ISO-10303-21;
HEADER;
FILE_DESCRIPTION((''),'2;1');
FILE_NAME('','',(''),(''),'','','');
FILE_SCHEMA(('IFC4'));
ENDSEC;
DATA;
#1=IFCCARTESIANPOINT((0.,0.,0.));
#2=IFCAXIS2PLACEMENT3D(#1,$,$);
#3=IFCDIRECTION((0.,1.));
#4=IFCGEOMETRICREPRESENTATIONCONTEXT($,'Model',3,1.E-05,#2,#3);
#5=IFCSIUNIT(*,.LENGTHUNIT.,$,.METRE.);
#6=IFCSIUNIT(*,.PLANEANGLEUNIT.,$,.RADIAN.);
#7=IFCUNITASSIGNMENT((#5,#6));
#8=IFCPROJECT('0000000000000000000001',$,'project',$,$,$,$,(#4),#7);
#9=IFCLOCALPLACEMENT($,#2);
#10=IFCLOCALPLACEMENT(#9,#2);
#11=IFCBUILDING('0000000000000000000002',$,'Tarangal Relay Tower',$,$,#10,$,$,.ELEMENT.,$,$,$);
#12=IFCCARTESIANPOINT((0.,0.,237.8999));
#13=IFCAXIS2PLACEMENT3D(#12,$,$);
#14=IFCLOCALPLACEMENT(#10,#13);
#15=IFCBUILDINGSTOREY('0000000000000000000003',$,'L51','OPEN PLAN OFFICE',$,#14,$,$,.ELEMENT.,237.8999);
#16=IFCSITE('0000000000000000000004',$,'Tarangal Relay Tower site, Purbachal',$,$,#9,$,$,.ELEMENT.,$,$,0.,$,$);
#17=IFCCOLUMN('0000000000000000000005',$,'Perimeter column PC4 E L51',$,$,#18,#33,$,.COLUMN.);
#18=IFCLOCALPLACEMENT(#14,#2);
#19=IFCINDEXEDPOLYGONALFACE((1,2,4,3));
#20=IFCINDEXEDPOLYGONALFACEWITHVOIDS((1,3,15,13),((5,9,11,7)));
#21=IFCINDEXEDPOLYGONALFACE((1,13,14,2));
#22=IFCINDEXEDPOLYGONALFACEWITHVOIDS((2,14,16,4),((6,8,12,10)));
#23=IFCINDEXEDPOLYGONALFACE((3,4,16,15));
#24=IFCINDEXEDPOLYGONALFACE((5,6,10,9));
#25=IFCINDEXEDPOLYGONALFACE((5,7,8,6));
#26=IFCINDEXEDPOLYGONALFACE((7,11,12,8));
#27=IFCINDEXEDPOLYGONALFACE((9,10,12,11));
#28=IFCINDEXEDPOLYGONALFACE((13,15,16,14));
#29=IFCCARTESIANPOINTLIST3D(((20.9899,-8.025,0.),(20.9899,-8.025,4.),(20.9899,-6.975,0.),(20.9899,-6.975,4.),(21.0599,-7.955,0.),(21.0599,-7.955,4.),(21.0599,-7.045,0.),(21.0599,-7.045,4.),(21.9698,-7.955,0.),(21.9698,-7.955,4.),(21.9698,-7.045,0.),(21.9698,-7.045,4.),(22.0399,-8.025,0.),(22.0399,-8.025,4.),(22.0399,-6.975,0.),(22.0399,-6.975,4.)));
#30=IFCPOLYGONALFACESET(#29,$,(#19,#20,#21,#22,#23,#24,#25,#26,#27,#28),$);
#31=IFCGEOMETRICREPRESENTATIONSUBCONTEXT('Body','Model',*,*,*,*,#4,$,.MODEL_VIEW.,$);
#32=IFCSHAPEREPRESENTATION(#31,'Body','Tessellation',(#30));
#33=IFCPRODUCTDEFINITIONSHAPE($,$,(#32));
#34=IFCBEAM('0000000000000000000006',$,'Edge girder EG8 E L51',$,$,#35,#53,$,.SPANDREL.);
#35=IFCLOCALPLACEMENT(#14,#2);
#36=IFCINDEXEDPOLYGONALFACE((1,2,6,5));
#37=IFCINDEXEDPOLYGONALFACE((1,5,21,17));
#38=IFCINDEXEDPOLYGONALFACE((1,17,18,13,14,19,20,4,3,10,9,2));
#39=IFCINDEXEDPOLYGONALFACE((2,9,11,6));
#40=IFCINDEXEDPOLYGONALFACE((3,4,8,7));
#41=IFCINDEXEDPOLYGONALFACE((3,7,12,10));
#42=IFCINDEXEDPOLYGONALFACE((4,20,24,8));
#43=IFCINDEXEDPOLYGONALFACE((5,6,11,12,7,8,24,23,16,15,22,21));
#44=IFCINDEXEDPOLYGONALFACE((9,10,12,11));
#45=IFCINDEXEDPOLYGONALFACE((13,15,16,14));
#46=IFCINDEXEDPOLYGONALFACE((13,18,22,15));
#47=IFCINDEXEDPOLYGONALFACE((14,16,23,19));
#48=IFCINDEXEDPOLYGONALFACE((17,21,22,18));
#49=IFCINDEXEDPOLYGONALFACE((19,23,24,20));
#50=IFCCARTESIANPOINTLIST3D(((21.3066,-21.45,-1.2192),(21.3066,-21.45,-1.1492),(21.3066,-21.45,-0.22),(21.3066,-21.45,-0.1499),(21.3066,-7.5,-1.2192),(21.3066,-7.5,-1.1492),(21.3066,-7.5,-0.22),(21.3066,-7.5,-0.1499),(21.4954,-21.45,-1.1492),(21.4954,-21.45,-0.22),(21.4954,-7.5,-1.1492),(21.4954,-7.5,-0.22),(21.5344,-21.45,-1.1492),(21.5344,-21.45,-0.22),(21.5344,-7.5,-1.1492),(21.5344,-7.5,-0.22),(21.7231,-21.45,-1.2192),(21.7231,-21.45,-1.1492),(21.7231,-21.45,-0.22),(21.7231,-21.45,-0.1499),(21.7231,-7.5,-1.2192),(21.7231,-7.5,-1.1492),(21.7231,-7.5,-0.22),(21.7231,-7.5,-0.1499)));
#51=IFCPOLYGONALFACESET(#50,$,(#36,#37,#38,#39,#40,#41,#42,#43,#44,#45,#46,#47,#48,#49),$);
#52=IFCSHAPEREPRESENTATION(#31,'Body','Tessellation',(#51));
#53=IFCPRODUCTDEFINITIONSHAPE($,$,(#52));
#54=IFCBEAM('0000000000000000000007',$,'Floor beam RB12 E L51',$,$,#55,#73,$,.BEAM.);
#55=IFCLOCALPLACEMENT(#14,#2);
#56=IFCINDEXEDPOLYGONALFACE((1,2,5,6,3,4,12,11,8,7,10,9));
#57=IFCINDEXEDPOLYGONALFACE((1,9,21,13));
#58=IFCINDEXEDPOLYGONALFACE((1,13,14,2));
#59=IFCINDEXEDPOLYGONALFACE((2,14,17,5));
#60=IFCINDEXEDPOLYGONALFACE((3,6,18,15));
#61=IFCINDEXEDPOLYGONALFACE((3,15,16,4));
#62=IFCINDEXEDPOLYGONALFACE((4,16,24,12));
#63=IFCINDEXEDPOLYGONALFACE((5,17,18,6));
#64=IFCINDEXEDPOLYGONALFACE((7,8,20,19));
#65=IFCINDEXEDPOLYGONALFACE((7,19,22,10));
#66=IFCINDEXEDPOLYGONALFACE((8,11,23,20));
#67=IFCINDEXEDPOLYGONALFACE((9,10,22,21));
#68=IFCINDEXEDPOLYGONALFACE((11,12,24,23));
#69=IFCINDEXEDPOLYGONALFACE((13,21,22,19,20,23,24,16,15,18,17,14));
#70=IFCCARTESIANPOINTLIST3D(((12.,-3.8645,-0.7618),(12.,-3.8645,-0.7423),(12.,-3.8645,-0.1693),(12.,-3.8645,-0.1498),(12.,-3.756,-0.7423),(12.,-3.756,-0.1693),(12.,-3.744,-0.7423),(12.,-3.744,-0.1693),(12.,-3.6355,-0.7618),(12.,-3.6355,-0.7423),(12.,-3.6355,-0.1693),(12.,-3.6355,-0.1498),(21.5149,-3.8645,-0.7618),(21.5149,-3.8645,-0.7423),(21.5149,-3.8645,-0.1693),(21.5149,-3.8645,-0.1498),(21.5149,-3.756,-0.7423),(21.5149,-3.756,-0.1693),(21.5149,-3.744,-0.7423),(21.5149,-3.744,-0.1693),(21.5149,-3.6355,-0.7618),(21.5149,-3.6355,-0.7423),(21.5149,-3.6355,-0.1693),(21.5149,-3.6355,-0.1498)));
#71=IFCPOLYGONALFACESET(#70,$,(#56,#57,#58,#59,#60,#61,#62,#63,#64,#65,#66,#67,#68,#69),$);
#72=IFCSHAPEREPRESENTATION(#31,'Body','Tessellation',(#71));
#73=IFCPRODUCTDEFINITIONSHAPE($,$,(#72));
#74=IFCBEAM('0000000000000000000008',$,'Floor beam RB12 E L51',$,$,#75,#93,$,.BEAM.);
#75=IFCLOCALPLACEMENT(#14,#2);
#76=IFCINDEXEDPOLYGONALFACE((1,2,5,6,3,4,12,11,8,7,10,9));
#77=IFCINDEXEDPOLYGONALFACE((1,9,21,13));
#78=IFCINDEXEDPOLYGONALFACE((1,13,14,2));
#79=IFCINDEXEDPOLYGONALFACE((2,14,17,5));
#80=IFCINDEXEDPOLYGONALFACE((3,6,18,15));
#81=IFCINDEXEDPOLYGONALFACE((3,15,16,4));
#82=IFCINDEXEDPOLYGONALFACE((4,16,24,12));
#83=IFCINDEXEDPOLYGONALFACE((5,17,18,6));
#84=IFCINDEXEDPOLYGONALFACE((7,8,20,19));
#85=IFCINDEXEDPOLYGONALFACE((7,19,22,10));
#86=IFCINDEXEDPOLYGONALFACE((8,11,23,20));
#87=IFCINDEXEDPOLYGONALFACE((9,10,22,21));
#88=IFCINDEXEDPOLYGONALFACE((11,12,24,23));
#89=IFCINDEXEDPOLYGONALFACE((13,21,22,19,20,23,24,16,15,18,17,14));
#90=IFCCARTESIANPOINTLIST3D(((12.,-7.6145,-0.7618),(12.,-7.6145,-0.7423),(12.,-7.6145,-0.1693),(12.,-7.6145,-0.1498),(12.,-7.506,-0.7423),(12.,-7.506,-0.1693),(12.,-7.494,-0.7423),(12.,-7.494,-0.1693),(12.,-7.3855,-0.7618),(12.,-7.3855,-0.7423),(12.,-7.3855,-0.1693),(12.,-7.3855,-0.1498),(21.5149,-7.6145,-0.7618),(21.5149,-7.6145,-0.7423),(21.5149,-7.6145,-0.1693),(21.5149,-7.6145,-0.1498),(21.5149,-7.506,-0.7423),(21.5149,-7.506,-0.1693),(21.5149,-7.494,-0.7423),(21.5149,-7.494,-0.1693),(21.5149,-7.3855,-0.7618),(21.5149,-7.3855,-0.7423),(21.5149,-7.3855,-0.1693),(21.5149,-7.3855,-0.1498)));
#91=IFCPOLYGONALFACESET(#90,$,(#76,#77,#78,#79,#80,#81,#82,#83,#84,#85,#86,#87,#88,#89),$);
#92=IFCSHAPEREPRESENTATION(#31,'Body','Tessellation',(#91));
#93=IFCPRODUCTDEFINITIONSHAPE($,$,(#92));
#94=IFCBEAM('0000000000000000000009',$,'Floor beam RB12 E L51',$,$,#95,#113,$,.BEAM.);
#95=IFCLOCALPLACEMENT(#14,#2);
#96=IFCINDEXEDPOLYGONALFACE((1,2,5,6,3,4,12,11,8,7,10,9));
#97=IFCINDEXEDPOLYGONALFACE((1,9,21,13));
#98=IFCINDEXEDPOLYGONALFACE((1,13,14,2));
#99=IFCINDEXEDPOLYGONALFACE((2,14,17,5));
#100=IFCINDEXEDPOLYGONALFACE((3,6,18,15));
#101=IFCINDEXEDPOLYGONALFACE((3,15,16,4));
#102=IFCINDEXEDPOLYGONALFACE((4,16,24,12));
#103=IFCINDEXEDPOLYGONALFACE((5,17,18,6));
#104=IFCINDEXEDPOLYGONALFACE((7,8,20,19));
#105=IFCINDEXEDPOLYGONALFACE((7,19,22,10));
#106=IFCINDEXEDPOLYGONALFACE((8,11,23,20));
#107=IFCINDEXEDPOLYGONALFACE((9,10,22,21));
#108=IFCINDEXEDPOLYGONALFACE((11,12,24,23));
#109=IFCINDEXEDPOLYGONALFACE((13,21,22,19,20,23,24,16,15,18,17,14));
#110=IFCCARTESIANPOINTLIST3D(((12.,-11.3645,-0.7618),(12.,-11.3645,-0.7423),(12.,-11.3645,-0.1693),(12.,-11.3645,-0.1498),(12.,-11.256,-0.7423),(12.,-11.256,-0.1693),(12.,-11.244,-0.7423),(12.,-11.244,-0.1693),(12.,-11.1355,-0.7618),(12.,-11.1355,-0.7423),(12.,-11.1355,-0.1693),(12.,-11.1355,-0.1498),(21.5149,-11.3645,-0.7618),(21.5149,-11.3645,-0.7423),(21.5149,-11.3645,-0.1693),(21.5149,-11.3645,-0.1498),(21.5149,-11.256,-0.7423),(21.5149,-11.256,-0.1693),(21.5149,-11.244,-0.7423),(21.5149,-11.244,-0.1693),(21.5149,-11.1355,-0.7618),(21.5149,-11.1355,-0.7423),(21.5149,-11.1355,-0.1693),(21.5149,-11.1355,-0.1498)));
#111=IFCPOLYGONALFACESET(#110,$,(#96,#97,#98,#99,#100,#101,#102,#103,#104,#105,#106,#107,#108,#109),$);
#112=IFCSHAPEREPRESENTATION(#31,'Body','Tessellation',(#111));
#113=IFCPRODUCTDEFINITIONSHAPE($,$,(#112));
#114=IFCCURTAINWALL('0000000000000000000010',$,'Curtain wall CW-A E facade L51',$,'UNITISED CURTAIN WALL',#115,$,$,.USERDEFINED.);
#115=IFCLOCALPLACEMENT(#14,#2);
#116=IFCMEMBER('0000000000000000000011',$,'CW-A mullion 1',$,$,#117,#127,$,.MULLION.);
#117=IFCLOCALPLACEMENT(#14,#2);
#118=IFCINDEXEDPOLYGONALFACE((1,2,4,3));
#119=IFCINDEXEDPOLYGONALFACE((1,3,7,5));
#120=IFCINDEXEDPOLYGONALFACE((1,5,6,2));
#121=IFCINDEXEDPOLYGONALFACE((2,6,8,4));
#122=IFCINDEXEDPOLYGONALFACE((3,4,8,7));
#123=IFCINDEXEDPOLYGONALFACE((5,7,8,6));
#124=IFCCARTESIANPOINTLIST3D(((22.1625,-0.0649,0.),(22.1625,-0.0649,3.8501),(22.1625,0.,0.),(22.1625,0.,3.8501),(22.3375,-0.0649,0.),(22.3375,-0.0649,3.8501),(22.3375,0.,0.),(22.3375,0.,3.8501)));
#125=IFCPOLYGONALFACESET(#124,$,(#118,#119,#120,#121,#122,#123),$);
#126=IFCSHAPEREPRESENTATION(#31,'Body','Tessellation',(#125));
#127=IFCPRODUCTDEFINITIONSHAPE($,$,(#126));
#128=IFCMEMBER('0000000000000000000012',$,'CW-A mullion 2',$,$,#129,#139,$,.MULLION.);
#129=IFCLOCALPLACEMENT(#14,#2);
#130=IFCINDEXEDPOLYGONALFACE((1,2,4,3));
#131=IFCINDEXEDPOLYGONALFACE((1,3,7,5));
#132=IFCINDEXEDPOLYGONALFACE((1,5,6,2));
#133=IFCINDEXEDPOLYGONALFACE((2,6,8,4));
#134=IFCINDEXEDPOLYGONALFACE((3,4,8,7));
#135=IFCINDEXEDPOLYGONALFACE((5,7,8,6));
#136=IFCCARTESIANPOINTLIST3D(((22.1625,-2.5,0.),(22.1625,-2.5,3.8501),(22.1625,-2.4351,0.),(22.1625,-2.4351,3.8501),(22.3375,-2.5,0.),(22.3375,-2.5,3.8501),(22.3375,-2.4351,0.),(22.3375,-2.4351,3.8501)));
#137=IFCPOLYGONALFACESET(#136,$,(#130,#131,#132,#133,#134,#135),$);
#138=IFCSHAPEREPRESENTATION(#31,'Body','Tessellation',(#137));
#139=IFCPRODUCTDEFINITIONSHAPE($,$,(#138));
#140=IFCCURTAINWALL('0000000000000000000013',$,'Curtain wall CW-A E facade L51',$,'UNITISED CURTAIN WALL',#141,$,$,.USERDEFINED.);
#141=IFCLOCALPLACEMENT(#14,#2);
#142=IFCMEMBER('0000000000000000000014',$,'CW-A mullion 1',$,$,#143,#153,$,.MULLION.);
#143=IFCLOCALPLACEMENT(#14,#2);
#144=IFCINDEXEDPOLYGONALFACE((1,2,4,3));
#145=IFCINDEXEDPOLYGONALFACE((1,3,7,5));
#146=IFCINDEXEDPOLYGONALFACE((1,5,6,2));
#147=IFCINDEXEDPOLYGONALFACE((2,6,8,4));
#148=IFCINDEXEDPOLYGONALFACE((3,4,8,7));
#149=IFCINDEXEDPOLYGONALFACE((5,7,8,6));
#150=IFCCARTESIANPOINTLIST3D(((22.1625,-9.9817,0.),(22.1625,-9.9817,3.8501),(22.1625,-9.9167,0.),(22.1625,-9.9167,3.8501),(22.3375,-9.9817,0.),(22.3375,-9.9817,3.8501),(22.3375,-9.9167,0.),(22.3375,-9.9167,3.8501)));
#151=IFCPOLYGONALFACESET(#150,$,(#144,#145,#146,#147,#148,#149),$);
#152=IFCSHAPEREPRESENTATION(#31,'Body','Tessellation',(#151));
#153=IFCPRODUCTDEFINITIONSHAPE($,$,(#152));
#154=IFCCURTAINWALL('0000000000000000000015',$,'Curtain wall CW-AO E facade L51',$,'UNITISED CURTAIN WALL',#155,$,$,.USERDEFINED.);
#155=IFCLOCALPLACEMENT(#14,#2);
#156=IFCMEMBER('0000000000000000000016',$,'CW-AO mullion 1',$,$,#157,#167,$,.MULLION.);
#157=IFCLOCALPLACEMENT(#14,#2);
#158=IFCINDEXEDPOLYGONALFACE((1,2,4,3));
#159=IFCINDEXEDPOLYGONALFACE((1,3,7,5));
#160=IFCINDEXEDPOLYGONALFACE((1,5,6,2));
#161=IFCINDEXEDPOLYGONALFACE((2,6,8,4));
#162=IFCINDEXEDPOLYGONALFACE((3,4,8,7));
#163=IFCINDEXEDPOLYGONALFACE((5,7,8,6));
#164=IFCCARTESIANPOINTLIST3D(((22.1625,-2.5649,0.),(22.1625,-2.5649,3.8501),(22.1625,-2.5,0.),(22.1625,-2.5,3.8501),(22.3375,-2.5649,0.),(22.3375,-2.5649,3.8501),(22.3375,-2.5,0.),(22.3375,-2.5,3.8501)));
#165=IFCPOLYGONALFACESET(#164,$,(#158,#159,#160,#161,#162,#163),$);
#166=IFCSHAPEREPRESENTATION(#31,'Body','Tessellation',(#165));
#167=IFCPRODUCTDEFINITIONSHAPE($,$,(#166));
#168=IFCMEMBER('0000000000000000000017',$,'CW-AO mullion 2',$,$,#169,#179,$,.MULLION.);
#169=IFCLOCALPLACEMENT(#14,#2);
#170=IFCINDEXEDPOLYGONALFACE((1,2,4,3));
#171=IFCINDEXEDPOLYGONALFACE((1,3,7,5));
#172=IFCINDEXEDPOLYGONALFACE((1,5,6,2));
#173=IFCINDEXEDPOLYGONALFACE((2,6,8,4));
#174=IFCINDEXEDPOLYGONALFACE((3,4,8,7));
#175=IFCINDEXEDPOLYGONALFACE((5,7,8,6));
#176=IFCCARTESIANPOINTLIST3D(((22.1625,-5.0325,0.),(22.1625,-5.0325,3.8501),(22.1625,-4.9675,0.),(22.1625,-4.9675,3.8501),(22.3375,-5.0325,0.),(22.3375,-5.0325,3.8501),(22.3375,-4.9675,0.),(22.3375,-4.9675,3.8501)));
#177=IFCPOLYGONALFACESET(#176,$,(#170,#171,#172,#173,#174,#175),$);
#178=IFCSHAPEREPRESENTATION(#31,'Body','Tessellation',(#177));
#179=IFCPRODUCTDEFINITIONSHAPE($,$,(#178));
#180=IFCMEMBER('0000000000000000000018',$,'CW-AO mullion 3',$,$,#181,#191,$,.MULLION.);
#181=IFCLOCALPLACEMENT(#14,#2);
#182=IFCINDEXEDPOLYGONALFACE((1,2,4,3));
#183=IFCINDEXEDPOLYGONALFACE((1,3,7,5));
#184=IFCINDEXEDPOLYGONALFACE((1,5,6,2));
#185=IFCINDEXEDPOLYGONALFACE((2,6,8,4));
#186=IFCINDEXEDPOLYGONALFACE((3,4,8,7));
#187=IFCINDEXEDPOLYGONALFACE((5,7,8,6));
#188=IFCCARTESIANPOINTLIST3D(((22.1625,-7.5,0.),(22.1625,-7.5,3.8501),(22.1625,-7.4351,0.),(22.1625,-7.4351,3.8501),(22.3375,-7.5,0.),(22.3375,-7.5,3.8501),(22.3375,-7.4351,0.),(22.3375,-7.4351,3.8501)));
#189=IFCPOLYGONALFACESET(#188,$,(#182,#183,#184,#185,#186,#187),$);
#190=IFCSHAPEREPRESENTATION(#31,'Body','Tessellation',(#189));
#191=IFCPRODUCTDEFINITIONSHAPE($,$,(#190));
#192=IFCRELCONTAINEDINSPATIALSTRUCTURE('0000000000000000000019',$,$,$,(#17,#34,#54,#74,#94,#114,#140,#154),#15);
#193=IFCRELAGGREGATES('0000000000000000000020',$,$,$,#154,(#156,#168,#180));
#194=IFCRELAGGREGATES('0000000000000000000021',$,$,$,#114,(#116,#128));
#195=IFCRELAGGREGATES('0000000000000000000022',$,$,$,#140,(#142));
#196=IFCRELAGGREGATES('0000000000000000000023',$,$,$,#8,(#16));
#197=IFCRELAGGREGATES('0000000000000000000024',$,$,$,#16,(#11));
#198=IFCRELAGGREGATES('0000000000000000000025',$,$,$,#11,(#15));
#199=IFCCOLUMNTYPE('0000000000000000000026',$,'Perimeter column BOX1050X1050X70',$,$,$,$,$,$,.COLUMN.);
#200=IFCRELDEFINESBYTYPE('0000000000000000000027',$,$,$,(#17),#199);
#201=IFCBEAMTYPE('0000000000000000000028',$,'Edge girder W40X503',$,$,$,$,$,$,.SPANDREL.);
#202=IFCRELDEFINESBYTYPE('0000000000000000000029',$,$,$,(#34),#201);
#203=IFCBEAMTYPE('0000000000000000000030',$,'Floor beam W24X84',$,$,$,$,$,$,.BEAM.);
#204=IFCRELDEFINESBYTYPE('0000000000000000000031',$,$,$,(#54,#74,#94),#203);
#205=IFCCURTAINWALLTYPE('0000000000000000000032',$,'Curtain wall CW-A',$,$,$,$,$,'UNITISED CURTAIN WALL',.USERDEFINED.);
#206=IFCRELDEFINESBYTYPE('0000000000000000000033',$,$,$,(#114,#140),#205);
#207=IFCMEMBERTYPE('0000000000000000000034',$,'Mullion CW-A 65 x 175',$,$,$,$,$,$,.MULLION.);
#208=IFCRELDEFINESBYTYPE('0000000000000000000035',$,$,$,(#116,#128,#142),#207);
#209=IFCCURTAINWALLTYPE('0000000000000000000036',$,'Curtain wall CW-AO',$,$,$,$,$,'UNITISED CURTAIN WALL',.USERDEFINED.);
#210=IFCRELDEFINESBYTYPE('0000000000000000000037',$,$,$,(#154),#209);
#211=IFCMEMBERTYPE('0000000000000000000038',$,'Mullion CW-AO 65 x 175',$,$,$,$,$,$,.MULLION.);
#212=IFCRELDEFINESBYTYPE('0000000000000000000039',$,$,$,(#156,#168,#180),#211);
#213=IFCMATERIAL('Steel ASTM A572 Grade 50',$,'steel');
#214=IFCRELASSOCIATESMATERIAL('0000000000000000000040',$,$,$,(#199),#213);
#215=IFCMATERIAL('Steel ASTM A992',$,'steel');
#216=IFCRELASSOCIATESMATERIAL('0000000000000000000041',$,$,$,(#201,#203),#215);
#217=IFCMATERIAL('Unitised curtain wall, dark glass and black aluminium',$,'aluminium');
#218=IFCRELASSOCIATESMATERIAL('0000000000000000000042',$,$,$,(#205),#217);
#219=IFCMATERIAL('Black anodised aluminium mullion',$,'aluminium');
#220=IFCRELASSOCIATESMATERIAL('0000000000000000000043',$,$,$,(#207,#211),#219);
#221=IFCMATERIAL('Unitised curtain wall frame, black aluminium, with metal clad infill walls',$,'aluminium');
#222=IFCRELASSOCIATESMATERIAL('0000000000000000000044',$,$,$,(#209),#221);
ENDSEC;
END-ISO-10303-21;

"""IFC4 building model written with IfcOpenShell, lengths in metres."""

from ifc_helpers import new_model, si_unit, direction, frame, origin, origin_2d, place, context, subcontext, project, spatial, rectangle, hollow_rectangle, i_section, extrude, material, material_profile, profile_set, type_object, element, aggregate, save


model = new_model("IFC4")

# Units and contexts
model_context = context("Model", 3, precision=1e-05, world=origin(), true_north=direction((0.0, 1.0)))
body_context = subcontext(model_context, "Body", "Model", "MODEL_VIEW")
ifc_project = project(units=[si_unit("LENGTHUNIT", "METRE"), si_unit("PLANEANGLEUNIT", "RADIAN")], contexts=[model_context])

# Site, building, storey
site_placement = place(None, origin())
site = spatial("IfcSite", under=ifc_project, at=site_placement, Name="Tarangal Relay Tower site, Purbachal", CompositionType="ELEMENT", RefElevation=0.0)
building_placement = place(site_placement, origin())
building = spatial("IfcBuilding", under=site, at=building_placement, Name="Tarangal Relay Tower", CompositionType="ELEMENT")
storey_placement = place(building_placement, frame((0.0, 0.0, 237.8999)))
storey = spatial("IfcBuildingStorey", under=building, at=storey_placement, Name="L51", Description="OPEN PLAN OFFICE", CompositionType="ELEMENT", Elevation=237.8999)

# Column
ifc_material_1 = material(Name="Steel ASTM A572 Grade 50", Category="steel")
ifc_material_profile_1 = material_profile(ifc_material_1, hollow_rectangle(XDim=1.05, YDim=1.05, WallThickness=0.0701, at=origin_2d()), Name="BOX1050X1050X70")
ifc_profile_set_1 = profile_set([ifc_material_profile_1], Name="Steel ASTM A572 Grade 50")
column_type = type_object("IfcColumnType", Name="Perimeter column BOX1050X1050X70", PredefinedType="COLUMN", material=ifc_profile_set_1)
column_placement = place(storey_placement, frame((21.5149, -7.5, 0.0), z_axis=(0.0, 0.0, 1.0), x_axis=(1.0, 0.0, 0.0)))
element("IfcColumn", 1, at=column_placement, inside=storey, type_object=column_type, Name="Perimeter column PC4 E L51", PredefinedType="COLUMN", context=body_context, shape_type="SweptSolid", body=[
    extrude(hollow_rectangle(XDim=1.05, YDim=1.05, WallThickness=0.0701, at=origin_2d()), origin(), (0.0, 0.0, 1.0), 4.0),
])

# Beams
ifc_material_2 = material(Name="Steel ASTM A992", Category="steel")
ifc_material_profile_2 = material_profile(ifc_material_2, i_section(OverallWidth=0.4165, OverallDepth=1.0693, WebThickness=0.0391, FlangeThickness=0.0701, at=origin_2d()), Name="W40X503")
ifc_profile_set_2 = profile_set([ifc_material_profile_2], Name="Steel ASTM A992")
beam_type_1 = type_object("IfcBeamType", Name="Edge girder W40X503", PredefinedType="SPANDREL", material=ifc_profile_set_2)
beam_placement = place(storey_placement, frame((21.5149, -7.5, -0.6846), z_axis=(0.0, -1.0, 0.0), x_axis=(1.0, 0.0, 0.0)))
element("IfcBeam", 2, at=beam_placement, inside=storey, type_object=beam_type_1, Name="Edge girder EG8 E L51", PredefinedType="SPANDREL", context=body_context, shape_type="SweptSolid", body=[
    extrude(i_section(OverallWidth=0.4165, OverallDepth=1.0693, WebThickness=0.0391, FlangeThickness=0.0701, at=origin_2d()), origin(), (0.0, 0.0, 1.0), 13.95),
])
ifc_material_profile_3 = material_profile(ifc_material_2, i_section(OverallWidth=0.229, OverallDepth=0.6121, WebThickness=0.012, FlangeThickness=0.0195, at=origin_2d()), Name="W24X84")
ifc_profile_set_3 = profile_set([ifc_material_profile_3], Name="Steel ASTM A992")
beam_type_2 = type_object("IfcBeamType", Name="Floor beam W24X84", PredefinedType="BEAM", material=ifc_profile_set_3)
for number, where, z_axis, x_axis, name in (
    (3, (12.0, -3.75, -0.4558), (1.0, 0.0, 0.0), (0.0, 1.0, 0.0), "Floor beam RB12 E L51"),
    (4, (12.0, -7.5, -0.4558), (1.0, 0.0, 0.0), (0.0, 1.0, 0.0), "Floor beam RB12 E L51"),
    (5, (12.0, -11.25, -0.4558), (1.0, 0.0, 0.0), (0.0, 1.0, 0.0), "Floor beam RB12 E L51"),
):
    element("IfcBeam", number, at=place(storey_placement, frame(where, z_axis=z_axis, x_axis=x_axis)), inside=storey, type_object=beam_type_2, Name=name, PredefinedType="BEAM", context=body_context, shape_type="SweptSolid", body=[
        extrude(i_section(OverallWidth=0.229, OverallDepth=0.6121, WebThickness=0.012, FlangeThickness=0.0195, at=origin_2d()), origin(), (0.0, 0.0, 1.0), 9.5149),
    ])

# Curtain wall, members
ifc_material_3 = material(Name="Unitised curtain wall, dark glass and black aluminium", Category="aluminium")
curtain_wall_type_1 = type_object("IfcCurtainWallType", Name="Curtain wall CW-A", ElementType="UNITISED CURTAIN WALL", PredefinedType="USERDEFINED", material=ifc_material_3)
curtain_wall_1_placement = place(storey_placement, origin())
curtain_wall_1 = element("IfcCurtainWall", 6, at=curtain_wall_1_placement, inside=storey, type_object=curtain_wall_type_1, Name="Curtain wall CW-A E facade L51", ObjectType="UNITISED CURTAIN WALL", PredefinedType="USERDEFINED")
ifc_material_4 = material(Name="Black anodised aluminium mullion", Category="aluminium")
ifc_material_profile_4 = material_profile(ifc_material_4, rectangle(XDim=0.175, YDim=0.0649, at=origin_2d()), Name="CW-AM 65X175")
ifc_profile_set_4 = profile_set([ifc_material_profile_4], Name="Black anodised aluminium mullion")
member_type_1 = type_object("IfcMemberType", Name="Mullion CW-A 65 x 175", PredefinedType="MULLION", material=ifc_profile_set_4)
member_1_placement = place(storey_placement, frame((22.25, -0.0325, 0.0), z_axis=(0.0, 0.0, 1.0), x_axis=(1.0, 0.0, 0.0)))
member_1 = element("IfcMember", 7, at=member_1_placement, type_object=member_type_1, Name="CW-A mullion 1", PredefinedType="MULLION", context=body_context, shape_type="SweptSolid", body=[
    extrude(rectangle(XDim=0.175, YDim=0.0649, at=origin_2d()), origin(), (0.0, 0.0, 1.0), 3.8501),
])
member_2_placement = place(storey_placement, frame((22.25, -2.4675, 0.0), z_axis=(0.0, 0.0, 1.0), x_axis=(1.0, 0.0, 0.0)))
member_2 = element("IfcMember", 8, at=member_2_placement, type_object=member_type_1, Name="CW-A mullion 2", PredefinedType="MULLION", context=body_context, shape_type="SweptSolid", body=[
    extrude(rectangle(XDim=0.175, YDim=0.0649, at=origin_2d()), origin(), (0.0, 0.0, 1.0), 3.8501),
])

# Curtain wall, member
curtain_wall_2_placement = place(storey_placement, origin())
curtain_wall_2 = element("IfcCurtainWall", 9, at=curtain_wall_2_placement, inside=storey, type_object=curtain_wall_type_1, Name="Curtain wall CW-A E facade L51", ObjectType="UNITISED CURTAIN WALL", PredefinedType="USERDEFINED")
member_3_placement = place(storey_placement, frame((22.25, -9.9492, 0.0), z_axis=(0.0, 0.0, 1.0), x_axis=(1.0, 0.0, 0.0)))
member_3 = element("IfcMember", 10, at=member_3_placement, type_object=member_type_1, Name="CW-A mullion 1", PredefinedType="MULLION", context=body_context, shape_type="SweptSolid", body=[
    extrude(rectangle(XDim=0.175, YDim=0.0649, at=origin_2d()), origin(), (0.0, 0.0, 1.0), 3.8501),
])

# Curtain wall, members
ifc_material_5 = material(Name="Unitised curtain wall frame, black aluminium, with metal clad infill walls", Category="aluminium")
curtain_wall_type_2 = type_object("IfcCurtainWallType", Name="Curtain wall CW-AO", ElementType="UNITISED CURTAIN WALL", PredefinedType="USERDEFINED", material=ifc_material_5)
curtain_wall_3_placement = place(storey_placement, origin())
curtain_wall_3 = element("IfcCurtainWall", 11, at=curtain_wall_3_placement, inside=storey, type_object=curtain_wall_type_2, Name="Curtain wall CW-AO E facade L51", ObjectType="UNITISED CURTAIN WALL", PredefinedType="USERDEFINED")
ifc_material_profile_5 = material_profile(ifc_material_4, rectangle(XDim=0.175, YDim=0.0649, at=origin_2d()), Name="CW-AOM 65X175")
ifc_profile_set_5 = profile_set([ifc_material_profile_5], Name="Black anodised aluminium mullion")
member_type_2 = type_object("IfcMemberType", Name="Mullion CW-AO 65 x 175", PredefinedType="MULLION", material=ifc_profile_set_5)
member_4_placement = place(storey_placement, frame((22.25, -2.5325, 0.0), z_axis=(0.0, 0.0, 1.0), x_axis=(1.0, 0.0, 0.0)))
member_4 = element("IfcMember", 12, at=member_4_placement, type_object=member_type_2, Name="CW-AO mullion 1", PredefinedType="MULLION", context=body_context, shape_type="SweptSolid", body=[
    extrude(rectangle(XDim=0.175, YDim=0.0649, at=origin_2d()), origin(), (0.0, 0.0, 1.0), 3.8501),
])
member_5_placement = place(storey_placement, frame((22.25, -5.0, 0.0), z_axis=(0.0, 0.0, 1.0), x_axis=(1.0, 0.0, 0.0)))
member_5 = element("IfcMember", 13, at=member_5_placement, type_object=member_type_2, Name="CW-AO mullion 2", PredefinedType="MULLION", context=body_context, shape_type="SweptSolid", body=[
    extrude(rectangle(XDim=0.175, YDim=0.0649, at=origin_2d()), origin(), (0.0, 0.0, 1.0), 3.8501),
])
member_6_placement = place(storey_placement, frame((22.25, -7.4675, 0.0), z_axis=(0.0, 0.0, 1.0), x_axis=(1.0, 0.0, 0.0)))
member_6 = element("IfcMember", 14, at=member_6_placement, type_object=member_type_2, Name="CW-AO mullion 3", PredefinedType="MULLION", context=body_context, shape_type="SweptSolid", body=[
    extrude(rectangle(XDim=0.175, YDim=0.0649, at=origin_2d()), origin(), (0.0, 0.0, 1.0), 3.8501),
])

aggregate(curtain_wall_3, [member_4, member_5, member_6])

aggregate(curtain_wall_1, [member_1, member_2])
aggregate(curtain_wall_2, [member_3])

save(model, "model.ifc")
